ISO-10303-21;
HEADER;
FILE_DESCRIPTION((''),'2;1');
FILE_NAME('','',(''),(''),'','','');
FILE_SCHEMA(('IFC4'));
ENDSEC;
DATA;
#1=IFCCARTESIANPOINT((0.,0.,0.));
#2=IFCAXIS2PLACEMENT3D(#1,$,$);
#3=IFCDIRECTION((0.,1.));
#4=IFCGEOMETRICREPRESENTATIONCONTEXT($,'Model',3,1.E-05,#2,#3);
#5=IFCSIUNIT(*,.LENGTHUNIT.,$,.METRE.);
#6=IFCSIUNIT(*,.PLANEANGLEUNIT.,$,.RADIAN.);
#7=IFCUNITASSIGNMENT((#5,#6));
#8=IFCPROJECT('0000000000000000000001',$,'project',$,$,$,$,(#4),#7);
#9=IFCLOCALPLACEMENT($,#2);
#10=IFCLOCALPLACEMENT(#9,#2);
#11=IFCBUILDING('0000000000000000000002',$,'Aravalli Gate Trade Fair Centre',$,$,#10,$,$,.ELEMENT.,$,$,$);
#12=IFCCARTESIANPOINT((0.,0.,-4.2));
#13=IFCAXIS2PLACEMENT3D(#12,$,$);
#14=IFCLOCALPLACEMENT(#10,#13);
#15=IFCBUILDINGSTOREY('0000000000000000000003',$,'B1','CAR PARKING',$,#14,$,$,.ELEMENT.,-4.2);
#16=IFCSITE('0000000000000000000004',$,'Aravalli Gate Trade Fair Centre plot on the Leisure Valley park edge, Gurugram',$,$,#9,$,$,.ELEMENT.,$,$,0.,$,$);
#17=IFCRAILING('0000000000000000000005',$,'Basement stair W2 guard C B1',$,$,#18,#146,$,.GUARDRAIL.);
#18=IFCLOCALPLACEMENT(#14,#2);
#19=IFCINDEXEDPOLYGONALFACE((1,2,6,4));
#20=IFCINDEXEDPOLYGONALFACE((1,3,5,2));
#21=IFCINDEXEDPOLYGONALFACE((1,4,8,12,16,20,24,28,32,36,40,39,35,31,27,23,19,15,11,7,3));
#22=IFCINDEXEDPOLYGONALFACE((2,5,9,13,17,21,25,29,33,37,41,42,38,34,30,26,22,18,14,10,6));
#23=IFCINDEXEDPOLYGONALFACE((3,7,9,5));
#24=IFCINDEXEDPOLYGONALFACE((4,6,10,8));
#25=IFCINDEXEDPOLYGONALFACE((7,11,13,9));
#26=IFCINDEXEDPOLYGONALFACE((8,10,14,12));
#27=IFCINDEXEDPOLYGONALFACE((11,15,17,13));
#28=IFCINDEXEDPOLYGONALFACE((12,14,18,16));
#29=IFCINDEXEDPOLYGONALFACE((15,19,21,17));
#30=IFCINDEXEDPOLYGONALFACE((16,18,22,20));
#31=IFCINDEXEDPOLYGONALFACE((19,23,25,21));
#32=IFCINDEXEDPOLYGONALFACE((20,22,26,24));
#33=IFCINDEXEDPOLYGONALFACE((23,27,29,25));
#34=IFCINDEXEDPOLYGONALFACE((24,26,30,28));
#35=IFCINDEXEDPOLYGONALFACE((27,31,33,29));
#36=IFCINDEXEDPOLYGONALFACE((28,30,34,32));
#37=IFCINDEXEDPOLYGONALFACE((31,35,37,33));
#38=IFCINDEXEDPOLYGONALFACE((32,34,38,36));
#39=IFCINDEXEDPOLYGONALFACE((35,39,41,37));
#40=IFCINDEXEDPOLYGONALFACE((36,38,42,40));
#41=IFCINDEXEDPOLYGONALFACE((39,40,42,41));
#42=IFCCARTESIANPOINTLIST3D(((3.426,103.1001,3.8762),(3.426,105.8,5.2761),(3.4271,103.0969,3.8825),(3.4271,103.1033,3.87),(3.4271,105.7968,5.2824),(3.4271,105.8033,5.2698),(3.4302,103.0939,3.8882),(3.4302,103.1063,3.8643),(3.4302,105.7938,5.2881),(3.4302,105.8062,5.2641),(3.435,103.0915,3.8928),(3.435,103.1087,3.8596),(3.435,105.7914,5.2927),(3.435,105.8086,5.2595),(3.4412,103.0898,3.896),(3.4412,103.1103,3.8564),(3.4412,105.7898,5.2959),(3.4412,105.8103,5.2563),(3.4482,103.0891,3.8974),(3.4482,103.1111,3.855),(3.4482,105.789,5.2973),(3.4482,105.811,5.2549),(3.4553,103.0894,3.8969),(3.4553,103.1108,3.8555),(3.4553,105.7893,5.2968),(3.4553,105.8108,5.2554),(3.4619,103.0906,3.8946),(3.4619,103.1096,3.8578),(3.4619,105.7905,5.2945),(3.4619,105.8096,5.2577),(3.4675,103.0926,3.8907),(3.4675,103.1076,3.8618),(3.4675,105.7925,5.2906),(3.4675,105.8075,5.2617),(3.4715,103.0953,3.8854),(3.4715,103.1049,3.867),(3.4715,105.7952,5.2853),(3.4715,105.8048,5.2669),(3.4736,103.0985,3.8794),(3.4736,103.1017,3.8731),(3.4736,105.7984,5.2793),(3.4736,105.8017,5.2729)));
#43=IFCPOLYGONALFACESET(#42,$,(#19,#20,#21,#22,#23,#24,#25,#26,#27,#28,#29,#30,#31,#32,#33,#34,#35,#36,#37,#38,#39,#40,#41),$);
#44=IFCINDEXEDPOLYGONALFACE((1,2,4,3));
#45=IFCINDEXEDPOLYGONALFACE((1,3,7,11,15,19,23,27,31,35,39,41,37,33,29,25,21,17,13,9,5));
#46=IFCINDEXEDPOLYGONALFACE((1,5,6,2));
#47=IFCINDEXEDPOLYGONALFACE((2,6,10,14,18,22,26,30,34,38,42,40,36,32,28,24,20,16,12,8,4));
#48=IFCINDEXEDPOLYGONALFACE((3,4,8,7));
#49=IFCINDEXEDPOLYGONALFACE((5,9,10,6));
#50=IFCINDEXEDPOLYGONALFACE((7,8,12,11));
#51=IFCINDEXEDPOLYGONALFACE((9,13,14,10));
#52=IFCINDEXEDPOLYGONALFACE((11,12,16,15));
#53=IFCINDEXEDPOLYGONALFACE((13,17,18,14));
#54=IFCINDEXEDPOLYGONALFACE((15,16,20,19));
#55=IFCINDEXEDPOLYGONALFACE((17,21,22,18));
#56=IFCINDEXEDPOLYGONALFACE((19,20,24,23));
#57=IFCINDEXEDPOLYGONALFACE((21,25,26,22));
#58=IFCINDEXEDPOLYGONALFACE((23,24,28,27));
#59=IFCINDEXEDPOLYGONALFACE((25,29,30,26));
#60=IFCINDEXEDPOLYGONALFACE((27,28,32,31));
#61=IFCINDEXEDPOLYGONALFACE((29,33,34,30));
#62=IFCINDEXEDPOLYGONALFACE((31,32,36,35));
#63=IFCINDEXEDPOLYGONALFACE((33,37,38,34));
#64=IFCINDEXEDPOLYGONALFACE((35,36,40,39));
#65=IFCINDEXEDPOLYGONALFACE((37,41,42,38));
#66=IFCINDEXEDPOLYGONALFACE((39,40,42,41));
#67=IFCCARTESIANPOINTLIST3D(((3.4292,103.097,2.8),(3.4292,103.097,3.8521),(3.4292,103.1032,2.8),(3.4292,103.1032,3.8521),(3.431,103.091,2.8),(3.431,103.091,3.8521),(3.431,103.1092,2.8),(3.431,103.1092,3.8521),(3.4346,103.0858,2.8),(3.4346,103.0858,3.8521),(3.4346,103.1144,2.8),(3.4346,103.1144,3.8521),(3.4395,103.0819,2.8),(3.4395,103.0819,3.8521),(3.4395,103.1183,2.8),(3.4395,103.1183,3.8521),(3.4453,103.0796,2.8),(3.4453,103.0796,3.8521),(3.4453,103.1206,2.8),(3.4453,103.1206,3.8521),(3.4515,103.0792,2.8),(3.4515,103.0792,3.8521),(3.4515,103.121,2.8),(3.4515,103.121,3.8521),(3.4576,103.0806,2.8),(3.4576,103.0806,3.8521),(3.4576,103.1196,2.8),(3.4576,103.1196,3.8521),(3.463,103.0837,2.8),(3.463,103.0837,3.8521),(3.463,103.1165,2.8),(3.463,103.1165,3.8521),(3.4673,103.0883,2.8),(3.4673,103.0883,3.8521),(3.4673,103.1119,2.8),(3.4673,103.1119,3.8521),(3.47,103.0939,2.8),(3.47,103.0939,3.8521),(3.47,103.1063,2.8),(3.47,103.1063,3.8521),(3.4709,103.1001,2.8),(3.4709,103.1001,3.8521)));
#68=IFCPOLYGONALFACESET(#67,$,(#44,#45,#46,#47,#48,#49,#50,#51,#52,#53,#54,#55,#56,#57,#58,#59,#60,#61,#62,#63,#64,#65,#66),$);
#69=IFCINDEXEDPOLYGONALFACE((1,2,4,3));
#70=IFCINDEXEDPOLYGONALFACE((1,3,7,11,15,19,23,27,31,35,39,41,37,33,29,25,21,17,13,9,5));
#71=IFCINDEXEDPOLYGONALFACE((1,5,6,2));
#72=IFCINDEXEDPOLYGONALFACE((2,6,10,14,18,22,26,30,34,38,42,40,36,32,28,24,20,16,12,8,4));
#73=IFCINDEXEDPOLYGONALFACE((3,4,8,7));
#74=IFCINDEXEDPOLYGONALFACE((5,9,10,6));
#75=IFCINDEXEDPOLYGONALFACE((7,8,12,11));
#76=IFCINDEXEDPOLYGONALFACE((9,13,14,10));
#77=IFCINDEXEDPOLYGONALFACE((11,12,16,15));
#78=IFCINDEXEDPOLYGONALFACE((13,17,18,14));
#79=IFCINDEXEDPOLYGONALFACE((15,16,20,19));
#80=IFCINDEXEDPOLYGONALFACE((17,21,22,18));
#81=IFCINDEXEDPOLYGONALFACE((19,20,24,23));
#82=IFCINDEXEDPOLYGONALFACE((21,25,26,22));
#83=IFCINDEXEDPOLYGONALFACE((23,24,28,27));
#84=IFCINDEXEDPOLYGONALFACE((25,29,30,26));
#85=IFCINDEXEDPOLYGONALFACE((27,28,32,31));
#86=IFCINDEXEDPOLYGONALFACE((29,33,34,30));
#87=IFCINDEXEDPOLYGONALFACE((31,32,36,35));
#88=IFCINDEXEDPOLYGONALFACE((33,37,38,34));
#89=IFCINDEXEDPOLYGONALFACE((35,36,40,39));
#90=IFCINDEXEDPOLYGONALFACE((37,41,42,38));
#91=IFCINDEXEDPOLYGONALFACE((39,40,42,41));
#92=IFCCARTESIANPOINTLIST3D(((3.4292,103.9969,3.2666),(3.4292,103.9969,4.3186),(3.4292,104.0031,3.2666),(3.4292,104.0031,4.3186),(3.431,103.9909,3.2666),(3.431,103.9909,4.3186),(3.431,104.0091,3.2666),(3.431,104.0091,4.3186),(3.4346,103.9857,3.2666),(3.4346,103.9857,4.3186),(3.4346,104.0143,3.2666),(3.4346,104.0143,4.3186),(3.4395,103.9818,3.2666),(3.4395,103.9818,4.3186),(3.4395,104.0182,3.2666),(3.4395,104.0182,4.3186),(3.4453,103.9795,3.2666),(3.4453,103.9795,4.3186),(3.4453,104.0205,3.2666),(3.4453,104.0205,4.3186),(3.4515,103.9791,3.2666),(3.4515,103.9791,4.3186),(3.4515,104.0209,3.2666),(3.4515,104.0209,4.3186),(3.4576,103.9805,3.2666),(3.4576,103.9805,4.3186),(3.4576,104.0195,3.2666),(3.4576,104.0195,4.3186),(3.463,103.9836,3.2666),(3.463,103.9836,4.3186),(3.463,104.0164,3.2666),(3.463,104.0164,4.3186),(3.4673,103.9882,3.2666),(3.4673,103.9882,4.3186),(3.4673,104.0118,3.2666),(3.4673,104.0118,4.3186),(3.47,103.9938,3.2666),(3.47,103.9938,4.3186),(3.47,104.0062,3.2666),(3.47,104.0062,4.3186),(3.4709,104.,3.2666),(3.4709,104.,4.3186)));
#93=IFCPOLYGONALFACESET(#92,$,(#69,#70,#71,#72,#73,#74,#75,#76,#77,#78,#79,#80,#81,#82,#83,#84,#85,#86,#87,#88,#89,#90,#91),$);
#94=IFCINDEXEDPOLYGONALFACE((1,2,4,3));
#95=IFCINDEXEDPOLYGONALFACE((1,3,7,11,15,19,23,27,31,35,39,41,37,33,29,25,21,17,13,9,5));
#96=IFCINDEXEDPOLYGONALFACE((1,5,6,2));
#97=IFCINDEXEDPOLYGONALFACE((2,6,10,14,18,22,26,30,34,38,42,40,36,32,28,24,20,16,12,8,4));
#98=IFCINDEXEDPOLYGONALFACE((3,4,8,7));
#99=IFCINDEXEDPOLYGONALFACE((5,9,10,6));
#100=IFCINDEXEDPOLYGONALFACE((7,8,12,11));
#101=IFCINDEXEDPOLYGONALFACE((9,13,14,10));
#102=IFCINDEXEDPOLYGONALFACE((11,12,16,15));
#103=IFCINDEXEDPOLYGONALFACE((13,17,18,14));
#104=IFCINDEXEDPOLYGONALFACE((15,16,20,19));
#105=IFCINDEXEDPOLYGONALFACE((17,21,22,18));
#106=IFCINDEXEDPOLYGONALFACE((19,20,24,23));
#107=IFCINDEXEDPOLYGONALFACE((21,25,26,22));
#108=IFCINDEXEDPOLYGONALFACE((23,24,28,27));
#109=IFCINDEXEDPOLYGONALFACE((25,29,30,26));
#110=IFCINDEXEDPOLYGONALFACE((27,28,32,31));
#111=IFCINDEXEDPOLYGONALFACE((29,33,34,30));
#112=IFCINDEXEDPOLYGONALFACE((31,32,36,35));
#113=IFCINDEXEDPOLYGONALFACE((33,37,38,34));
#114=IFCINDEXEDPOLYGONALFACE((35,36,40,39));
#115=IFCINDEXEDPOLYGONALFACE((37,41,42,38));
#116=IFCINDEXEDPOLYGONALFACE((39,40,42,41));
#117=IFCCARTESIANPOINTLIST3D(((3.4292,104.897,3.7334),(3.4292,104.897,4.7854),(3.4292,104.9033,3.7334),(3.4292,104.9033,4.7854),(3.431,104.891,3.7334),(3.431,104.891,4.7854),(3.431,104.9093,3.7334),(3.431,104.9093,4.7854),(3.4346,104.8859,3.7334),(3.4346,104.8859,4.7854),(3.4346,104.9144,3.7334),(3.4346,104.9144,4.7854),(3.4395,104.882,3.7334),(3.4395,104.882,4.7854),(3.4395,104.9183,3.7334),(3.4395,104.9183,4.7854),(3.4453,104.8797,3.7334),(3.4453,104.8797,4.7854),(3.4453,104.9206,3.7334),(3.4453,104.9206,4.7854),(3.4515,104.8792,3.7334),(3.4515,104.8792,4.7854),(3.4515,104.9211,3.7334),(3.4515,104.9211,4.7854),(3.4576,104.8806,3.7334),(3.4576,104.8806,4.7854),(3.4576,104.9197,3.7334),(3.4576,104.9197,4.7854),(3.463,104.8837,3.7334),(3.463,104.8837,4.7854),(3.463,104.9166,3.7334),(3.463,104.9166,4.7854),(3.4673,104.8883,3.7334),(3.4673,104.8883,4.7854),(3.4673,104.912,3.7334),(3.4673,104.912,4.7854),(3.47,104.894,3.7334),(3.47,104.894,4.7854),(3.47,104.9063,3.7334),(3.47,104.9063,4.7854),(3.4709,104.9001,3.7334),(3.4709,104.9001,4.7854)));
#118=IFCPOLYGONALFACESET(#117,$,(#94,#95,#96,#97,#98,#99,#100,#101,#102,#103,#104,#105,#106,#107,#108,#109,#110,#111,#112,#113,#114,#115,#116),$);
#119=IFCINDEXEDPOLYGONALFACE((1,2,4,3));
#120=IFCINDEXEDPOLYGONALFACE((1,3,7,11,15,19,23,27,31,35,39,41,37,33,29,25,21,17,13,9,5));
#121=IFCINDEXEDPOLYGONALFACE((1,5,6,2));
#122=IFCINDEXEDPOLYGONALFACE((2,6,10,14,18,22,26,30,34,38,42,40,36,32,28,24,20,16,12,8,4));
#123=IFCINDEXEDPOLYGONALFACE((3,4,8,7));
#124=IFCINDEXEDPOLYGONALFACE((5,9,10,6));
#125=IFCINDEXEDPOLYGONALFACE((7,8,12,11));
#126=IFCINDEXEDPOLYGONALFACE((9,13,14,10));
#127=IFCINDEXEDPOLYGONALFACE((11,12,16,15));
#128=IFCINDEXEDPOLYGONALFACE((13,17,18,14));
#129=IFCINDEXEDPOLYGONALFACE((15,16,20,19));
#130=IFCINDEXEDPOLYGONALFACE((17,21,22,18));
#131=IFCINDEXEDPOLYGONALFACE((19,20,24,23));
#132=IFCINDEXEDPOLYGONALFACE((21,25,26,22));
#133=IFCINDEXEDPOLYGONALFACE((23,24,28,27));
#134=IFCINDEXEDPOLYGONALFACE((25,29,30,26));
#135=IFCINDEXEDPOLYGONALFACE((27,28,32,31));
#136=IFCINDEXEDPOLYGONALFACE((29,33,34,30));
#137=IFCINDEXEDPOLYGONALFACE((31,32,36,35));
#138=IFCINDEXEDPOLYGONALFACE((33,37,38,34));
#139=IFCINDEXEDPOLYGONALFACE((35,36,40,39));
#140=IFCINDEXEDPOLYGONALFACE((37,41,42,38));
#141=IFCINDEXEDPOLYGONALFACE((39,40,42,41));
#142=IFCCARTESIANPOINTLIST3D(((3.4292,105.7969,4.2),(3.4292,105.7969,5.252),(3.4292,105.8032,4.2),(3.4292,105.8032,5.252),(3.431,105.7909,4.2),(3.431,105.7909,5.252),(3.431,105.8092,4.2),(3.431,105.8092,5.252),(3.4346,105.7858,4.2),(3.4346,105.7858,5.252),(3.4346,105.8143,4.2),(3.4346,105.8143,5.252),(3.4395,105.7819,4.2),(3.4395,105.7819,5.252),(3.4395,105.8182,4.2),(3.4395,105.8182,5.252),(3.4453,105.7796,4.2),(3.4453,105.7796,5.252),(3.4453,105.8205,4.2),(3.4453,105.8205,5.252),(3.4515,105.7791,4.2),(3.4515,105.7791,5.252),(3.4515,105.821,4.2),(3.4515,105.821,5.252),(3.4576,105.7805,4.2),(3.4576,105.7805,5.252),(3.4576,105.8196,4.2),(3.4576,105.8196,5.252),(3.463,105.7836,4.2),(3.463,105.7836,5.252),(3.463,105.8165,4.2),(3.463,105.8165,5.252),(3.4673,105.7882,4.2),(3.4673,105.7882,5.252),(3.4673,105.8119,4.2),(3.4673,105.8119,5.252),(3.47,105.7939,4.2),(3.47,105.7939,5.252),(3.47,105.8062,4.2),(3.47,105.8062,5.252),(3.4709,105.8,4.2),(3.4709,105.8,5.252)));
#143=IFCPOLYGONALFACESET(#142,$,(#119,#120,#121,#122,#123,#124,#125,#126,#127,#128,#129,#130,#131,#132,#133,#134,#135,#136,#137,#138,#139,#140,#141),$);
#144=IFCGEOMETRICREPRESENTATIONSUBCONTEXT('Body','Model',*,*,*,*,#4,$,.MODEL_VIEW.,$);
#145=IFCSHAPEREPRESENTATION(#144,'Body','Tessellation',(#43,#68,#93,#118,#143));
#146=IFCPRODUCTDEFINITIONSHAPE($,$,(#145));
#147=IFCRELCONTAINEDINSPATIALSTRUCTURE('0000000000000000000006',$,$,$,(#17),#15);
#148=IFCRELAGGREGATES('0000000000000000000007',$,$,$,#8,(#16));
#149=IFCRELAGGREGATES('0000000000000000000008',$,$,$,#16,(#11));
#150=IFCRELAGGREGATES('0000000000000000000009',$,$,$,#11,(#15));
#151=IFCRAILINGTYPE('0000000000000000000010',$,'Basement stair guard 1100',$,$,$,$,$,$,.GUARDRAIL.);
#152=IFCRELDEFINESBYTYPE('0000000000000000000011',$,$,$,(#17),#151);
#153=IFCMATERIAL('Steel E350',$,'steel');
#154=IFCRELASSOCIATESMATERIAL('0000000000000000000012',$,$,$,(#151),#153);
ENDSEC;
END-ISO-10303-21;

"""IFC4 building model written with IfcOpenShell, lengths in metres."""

from ifc_helpers import new_model, si_unit, direction, frame, origin, origin_2d, place, context, subcontext, project, spatial, circle, extrude, material, type_object, element, save


model = new_model("IFC4")

# Units and contexts
model_context = context("Model", 3, precision=1e-05, world=origin(), true_north=direction((0.0, 1.0)))
body_context = subcontext(model_context, "Body", "Model", "MODEL_VIEW")
ifc_project = project(units=[si_unit("LENGTHUNIT", "METRE"), si_unit("PLANEANGLEUNIT", "RADIAN")], contexts=[model_context])

# Site, building, storey
site_placement = place(None, origin())
site = spatial("IfcSite", under=ifc_project, at=site_placement, Name="Aravalli Gate Trade Fair Centre plot on the Leisure Valley park edge, Gurugram", CompositionType="ELEMENT", RefElevation=0.0)
building_placement = place(site_placement, origin())
building = spatial("IfcBuilding", under=site, at=building_placement, Name="Aravalli Gate Trade Fair Centre", CompositionType="ELEMENT")
storey_placement = place(building_placement, frame((0.0, 0.0, -4.2)))
storey = spatial("IfcBuildingStorey", under=building, at=storey_placement, Name="B1", Description="CAR PARKING", CompositionType="ELEMENT", Elevation=-4.2)

# Railing
ifc_material_1 = material(Name="Steel E350", Category="steel")
railing_type_1 = type_object("IfcRailingType", Name="Basement stair guard 1100", PredefinedType="GUARDRAIL", material=ifc_material_1)
railing_1_placement = place(storey_placement, frame((3.45, 103.1001, 2.8)))
element("IfcRailing", 1, at=railing_1_placement, inside=storey, type_object=railing_type_1, Name="Basement stair W2 guard C B1", PredefinedType="GUARDRAIL", context=body_context, shape_type="SweptSolid", body=[
    extrude(circle(Radius=0.0239, at=origin_2d()), frame((0.0, 0.0, 1.0762), z_axis=(0.0, 0.887764, 0.460298), x_axis=(-1.0, 0.0, 0.0)), (0.0, 0.0, 1.0), 3.0413),
    extrude(circle(Radius=0.021, at=origin_2d()), origin(), (0.0, 0.0, 1.0), 1.052),
    extrude(circle(Radius=0.021, at=origin_2d()), frame((0.0, 0.8999, 0.4666)), (0.0, 0.0, 1.0), 1.052),
    extrude(circle(Radius=0.021, at=origin_2d()), frame((0.0, 1.8, 0.9333)), (0.0, 0.0, 1.0), 1.052),
    extrude(circle(Radius=0.021, at=origin_2d()), frame((0.0, 2.7, 1.3999)), (0.0, 0.0, 1.0), 1.052),
])

save(model, "model.ifc")
